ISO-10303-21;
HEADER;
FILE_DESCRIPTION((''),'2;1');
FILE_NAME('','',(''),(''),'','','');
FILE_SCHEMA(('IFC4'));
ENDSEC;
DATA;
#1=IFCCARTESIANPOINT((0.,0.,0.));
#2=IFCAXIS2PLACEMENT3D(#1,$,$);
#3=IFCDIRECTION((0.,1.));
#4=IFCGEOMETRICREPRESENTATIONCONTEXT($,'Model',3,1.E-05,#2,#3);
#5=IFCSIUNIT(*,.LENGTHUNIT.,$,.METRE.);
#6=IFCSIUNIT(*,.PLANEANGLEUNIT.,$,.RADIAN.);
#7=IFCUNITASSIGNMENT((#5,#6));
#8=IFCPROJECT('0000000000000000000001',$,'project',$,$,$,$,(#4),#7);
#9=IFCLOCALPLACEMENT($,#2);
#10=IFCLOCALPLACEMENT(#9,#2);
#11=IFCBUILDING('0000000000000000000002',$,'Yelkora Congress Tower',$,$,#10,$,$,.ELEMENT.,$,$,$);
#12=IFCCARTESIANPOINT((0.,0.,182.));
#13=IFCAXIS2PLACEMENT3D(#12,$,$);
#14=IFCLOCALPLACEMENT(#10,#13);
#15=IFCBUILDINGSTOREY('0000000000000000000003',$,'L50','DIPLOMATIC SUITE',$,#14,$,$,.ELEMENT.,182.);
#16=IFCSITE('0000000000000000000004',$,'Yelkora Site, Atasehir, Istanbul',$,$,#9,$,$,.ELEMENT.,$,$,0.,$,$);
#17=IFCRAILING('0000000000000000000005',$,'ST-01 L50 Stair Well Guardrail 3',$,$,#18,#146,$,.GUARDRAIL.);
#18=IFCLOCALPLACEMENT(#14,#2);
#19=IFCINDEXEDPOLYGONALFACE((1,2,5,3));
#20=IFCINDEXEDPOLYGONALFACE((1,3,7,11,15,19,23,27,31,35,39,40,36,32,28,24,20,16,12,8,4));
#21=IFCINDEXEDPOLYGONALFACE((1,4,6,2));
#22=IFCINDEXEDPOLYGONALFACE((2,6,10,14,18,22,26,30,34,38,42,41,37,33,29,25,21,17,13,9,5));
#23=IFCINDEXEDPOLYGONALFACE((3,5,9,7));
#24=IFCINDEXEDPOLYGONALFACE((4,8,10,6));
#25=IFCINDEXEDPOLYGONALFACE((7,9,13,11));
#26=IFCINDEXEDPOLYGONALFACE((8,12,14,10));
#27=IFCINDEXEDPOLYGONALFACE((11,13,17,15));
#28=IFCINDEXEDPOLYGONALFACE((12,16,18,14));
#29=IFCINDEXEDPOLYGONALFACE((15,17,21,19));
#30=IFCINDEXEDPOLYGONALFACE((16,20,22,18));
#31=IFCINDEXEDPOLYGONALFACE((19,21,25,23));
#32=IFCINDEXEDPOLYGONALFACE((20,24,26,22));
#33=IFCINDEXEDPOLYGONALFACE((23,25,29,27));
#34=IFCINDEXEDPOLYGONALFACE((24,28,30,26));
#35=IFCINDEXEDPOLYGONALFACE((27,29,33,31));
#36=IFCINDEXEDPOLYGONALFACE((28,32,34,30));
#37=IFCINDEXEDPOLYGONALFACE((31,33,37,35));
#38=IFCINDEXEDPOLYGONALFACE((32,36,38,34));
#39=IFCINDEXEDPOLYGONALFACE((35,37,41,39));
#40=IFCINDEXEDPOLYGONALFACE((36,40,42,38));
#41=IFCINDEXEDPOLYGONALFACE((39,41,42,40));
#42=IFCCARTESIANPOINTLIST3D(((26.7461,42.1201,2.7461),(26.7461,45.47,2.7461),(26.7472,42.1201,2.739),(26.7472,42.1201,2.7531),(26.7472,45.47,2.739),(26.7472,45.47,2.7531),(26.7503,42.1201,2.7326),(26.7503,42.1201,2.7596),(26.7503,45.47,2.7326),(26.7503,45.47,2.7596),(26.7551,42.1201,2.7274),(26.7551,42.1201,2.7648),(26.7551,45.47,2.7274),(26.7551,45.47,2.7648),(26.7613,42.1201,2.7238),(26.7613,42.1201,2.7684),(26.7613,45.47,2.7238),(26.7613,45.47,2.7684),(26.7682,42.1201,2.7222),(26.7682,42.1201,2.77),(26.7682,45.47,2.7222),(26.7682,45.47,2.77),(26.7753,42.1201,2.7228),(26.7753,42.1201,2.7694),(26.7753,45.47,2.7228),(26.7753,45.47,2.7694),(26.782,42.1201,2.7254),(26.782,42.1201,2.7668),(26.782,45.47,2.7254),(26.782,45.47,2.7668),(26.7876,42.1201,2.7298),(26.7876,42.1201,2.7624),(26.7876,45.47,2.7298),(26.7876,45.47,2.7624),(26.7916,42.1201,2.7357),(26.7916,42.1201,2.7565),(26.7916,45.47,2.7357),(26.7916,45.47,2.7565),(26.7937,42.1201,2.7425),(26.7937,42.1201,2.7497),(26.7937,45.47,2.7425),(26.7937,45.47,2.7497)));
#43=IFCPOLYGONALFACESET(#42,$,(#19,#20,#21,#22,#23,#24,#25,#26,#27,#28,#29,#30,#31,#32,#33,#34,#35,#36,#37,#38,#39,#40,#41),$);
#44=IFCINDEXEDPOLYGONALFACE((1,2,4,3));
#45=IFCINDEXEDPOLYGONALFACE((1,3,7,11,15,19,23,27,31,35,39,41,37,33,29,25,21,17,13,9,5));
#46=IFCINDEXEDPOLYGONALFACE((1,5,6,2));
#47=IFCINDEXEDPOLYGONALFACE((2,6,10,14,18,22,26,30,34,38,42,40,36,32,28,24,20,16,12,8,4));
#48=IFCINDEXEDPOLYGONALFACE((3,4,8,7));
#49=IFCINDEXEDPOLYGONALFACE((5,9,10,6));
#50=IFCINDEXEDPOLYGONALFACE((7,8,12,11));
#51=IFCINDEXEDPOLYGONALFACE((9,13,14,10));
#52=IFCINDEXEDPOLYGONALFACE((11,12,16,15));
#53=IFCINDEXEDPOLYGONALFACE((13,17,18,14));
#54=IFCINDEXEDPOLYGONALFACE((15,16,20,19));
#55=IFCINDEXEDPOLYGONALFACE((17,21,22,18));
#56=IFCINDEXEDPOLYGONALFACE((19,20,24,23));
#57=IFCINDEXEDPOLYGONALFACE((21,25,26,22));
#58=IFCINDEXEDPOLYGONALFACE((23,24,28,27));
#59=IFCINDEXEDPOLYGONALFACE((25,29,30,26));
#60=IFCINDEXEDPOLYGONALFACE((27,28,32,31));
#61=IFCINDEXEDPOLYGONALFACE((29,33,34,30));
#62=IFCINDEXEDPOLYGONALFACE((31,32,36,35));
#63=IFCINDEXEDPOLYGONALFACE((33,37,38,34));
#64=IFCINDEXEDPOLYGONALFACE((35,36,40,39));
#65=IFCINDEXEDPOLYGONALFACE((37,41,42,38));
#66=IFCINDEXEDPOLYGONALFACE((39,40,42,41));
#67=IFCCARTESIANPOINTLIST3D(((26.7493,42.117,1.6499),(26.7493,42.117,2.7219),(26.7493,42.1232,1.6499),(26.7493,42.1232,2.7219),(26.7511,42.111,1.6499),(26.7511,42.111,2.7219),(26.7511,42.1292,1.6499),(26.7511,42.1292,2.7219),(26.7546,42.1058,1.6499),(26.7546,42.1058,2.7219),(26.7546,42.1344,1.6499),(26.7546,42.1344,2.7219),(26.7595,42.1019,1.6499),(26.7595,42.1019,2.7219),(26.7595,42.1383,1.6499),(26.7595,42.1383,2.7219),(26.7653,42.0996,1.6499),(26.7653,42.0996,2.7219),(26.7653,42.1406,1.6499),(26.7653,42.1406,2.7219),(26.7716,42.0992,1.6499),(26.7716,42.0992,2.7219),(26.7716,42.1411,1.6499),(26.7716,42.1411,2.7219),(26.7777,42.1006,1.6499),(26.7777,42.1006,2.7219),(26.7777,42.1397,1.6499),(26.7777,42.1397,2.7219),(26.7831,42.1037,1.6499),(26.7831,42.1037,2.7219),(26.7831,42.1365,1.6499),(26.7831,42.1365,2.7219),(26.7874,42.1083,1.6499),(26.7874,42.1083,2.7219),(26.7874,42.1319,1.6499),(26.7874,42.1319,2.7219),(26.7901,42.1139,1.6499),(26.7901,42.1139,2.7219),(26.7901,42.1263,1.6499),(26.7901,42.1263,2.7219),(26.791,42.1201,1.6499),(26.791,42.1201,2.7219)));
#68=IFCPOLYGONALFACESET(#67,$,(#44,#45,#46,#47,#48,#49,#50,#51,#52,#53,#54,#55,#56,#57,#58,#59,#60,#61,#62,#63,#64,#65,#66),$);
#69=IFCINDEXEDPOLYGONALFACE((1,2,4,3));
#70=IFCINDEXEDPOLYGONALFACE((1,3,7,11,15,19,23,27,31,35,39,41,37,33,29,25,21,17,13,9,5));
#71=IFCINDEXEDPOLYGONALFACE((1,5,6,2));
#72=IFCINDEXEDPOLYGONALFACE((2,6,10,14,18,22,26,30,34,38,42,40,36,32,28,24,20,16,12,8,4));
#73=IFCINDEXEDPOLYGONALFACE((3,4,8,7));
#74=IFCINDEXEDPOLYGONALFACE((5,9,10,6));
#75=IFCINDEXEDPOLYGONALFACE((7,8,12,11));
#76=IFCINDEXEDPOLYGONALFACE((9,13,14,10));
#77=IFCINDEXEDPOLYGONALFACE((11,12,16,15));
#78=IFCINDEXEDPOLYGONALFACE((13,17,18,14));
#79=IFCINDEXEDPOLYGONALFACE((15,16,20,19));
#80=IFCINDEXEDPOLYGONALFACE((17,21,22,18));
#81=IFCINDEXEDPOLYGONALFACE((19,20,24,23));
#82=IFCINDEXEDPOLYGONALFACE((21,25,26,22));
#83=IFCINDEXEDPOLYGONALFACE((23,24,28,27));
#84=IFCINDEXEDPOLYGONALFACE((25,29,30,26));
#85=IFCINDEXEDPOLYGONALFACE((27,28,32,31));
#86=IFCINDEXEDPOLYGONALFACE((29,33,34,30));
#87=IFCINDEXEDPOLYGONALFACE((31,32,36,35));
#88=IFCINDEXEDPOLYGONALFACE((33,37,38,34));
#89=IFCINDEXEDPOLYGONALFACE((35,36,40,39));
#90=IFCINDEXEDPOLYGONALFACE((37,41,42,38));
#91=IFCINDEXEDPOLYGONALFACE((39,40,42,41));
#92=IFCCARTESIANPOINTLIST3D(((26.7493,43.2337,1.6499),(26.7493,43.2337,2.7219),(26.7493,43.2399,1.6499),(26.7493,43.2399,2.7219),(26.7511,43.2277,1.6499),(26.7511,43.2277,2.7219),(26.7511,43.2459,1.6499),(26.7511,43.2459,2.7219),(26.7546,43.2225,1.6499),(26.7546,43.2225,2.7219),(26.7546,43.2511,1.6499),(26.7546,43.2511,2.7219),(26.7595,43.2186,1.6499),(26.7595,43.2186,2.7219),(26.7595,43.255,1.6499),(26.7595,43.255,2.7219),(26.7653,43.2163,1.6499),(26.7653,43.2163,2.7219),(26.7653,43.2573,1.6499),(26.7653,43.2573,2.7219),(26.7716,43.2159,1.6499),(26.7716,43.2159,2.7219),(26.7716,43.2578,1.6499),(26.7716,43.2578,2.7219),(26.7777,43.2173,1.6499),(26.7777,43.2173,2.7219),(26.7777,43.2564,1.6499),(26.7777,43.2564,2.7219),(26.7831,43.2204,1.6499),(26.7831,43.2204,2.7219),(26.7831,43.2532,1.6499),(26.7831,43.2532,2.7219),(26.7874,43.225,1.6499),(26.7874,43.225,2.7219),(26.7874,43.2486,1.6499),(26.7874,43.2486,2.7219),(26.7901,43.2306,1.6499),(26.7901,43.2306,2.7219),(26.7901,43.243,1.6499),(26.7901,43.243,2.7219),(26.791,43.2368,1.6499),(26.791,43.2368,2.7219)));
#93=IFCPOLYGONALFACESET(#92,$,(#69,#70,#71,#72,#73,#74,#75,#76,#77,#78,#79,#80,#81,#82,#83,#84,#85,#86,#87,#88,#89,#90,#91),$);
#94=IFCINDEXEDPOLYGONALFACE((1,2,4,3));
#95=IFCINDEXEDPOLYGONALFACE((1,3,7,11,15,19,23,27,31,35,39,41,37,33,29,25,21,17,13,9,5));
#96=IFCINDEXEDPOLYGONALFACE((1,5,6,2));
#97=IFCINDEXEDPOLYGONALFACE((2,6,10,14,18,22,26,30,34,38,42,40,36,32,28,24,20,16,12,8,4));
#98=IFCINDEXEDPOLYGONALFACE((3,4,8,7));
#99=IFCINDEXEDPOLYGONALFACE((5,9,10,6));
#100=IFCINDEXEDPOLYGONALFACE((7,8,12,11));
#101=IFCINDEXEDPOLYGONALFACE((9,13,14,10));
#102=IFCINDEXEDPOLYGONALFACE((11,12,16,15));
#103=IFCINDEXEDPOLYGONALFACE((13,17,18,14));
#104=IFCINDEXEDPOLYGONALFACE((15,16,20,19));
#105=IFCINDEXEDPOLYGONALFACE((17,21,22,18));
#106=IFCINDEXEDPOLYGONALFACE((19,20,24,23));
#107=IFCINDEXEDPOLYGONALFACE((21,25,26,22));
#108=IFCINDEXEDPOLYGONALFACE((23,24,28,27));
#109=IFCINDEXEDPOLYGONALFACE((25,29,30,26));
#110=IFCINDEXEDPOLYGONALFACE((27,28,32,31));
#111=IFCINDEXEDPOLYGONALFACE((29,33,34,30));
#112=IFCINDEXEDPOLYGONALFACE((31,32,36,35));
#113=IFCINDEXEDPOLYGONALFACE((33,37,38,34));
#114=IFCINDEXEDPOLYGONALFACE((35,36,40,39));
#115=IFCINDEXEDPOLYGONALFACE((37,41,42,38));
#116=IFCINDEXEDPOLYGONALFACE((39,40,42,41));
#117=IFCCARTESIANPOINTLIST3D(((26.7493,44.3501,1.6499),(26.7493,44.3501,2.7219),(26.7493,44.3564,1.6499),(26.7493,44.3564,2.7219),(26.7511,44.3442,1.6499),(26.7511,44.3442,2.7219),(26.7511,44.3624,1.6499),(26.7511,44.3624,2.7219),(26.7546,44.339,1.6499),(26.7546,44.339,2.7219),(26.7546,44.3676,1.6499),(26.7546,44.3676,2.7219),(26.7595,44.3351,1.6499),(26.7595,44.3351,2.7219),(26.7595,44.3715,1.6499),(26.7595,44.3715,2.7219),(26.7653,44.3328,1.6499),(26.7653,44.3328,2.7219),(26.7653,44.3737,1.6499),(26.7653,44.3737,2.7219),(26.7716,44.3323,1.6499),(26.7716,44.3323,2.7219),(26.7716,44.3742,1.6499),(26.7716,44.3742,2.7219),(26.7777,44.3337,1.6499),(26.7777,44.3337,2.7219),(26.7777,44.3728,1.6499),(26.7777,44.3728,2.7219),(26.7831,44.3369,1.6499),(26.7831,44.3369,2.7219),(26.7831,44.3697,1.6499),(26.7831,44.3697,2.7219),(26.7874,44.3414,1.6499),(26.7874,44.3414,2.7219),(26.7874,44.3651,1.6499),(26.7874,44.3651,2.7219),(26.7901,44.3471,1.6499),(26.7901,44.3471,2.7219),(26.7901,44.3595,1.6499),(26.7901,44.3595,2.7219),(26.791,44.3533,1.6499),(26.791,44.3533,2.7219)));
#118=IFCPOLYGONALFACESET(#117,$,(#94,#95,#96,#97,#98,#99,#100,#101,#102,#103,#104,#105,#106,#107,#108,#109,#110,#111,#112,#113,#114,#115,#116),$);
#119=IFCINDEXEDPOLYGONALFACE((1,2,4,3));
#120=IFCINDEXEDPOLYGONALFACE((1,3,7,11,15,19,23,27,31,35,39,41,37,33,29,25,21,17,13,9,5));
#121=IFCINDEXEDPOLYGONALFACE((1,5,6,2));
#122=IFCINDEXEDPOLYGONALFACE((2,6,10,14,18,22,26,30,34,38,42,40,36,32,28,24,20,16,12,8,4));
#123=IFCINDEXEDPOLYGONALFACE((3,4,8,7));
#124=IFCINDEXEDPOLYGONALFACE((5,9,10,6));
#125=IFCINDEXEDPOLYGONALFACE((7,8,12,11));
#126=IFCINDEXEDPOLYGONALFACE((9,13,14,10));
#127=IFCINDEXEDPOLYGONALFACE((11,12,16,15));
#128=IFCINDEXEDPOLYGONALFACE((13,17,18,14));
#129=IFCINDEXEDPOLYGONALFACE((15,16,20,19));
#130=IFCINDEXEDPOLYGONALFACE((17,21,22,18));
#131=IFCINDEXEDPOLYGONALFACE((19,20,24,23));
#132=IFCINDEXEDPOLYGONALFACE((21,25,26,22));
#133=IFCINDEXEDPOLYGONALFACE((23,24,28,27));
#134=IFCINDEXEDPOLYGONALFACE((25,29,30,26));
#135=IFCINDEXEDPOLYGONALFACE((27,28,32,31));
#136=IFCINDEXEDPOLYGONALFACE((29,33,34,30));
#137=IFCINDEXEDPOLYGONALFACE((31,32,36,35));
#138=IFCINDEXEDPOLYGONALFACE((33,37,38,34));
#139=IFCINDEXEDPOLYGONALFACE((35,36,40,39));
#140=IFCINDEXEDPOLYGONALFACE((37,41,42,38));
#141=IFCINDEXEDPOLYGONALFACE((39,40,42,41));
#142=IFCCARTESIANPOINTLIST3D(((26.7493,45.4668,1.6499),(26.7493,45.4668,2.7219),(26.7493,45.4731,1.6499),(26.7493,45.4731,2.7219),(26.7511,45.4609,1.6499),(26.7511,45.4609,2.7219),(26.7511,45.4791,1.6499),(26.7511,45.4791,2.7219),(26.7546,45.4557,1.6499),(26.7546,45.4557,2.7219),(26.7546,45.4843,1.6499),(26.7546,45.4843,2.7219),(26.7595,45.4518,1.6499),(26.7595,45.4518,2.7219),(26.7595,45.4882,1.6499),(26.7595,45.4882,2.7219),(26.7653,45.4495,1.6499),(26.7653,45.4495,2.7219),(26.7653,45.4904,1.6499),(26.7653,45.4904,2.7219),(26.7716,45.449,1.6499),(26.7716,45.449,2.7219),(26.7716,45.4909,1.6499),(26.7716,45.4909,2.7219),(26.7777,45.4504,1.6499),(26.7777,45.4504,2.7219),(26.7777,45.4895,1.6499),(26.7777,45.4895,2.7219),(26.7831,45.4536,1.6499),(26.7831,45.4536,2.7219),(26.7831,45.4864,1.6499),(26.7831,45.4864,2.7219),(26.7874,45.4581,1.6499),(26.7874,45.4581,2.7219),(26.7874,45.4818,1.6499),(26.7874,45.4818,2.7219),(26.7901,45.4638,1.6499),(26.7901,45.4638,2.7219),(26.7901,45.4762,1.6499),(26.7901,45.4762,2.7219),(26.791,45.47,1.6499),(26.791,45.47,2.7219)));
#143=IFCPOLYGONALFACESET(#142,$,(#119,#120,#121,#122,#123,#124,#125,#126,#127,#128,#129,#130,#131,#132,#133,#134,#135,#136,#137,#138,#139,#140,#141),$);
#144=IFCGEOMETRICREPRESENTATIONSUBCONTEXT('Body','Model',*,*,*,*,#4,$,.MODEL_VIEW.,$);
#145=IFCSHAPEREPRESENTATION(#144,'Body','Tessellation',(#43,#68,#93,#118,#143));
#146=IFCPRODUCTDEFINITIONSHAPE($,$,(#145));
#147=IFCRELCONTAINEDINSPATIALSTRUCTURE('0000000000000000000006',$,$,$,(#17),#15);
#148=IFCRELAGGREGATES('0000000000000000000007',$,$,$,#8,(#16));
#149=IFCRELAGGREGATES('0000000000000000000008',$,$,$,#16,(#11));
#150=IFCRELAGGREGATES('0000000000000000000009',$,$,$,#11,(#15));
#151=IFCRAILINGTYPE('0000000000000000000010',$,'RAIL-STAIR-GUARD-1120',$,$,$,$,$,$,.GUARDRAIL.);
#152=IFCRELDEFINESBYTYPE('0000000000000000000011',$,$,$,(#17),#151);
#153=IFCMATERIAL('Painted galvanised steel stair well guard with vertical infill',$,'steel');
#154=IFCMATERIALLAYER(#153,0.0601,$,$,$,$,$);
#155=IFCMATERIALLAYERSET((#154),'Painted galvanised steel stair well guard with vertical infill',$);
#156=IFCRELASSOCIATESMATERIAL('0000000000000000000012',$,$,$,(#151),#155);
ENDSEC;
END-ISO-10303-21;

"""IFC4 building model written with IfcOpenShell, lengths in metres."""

from ifc_helpers import new_model, si_unit, direction, frame, origin, origin_2d, place, context, subcontext, project, spatial, circle, extrude, material, layer, layer_set, type_object, element, save


model = new_model("IFC4")

# Units and contexts
model_context = context("Model", 3, precision=1e-05, world=origin(), true_north=direction((0.0, 1.0)))
body_context = subcontext(model_context, "Body", "Model", "MODEL_VIEW")
ifc_project = project(units=[si_unit("LENGTHUNIT", "METRE"), si_unit("PLANEANGLEUNIT", "RADIAN")], contexts=[model_context])

# Site, building, storey
site_placement = place(None, origin())
site = spatial("IfcSite", under=ifc_project, at=site_placement, Name="Yelkora Site, Atasehir, Istanbul", CompositionType="ELEMENT", RefElevation=0.0)
building_placement = place(site_placement, origin())
building = spatial("IfcBuilding", under=site, at=building_placement, Name="Yelkora Congress Tower", CompositionType="ELEMENT")
storey_placement = place(building_placement, frame((0.0, 0.0, 182.0)))
storey = spatial("IfcBuildingStorey", under=building, at=storey_placement, Name="L50", Description="DIPLOMATIC SUITE", CompositionType="ELEMENT", Elevation=182.0)

# Railing
ifc_material_1 = material(Name="Painted galvanised steel stair well guard with vertical infill", Category="steel")
ifc_layer_1 = layer(ifc_material_1, 0.0601)
ifc_layer_set_1 = layer_set([ifc_layer_1], Name="Painted galvanised steel stair well guard with vertical infill")
railing_type_1 = type_object("IfcRailingType", Name="RAIL-STAIR-GUARD-1120", PredefinedType="GUARDRAIL", material=ifc_layer_set_1)
for number, where, name in (
    (1, (26.77, 42.1201, 1.6499), "ST-01 L50 Stair Well Guardrail 3"),
):
    element("IfcRailing", number, at=place(storey_placement, frame(where)), inside=storey, type_object=railing_type_1, Name=name, PredefinedType="GUARDRAIL", context=body_context, shape_type="SweptSolid", body=[
        extrude(circle(Radius=0.0239, at=origin_2d()), frame((0.0, 0.0, 1.0962), z_axis=(0.0, 1.0, 0.0), x_axis=(-1.0, 0.0, 0.0)), (0.0, 0.0, 1.0), 3.3499),
        extrude(circle(Radius=0.021, at=origin_2d()), origin(), (0.0, 0.0, 1.0), 1.072),
        extrude(circle(Radius=0.021, at=origin_2d()), frame((0.0, 1.1167, 0.0)), (0.0, 0.0, 1.0), 1.072),
        extrude(circle(Radius=0.021, at=origin_2d()), frame((0.0, 2.2332, 0.0)), (0.0, 0.0, 1.0), 1.072),
        extrude(circle(Radius=0.021, at=origin_2d()), frame((0.0, 3.3499, 0.0)), (0.0, 0.0, 1.0), 1.072),
    ])

save(model, "model.ifc")
